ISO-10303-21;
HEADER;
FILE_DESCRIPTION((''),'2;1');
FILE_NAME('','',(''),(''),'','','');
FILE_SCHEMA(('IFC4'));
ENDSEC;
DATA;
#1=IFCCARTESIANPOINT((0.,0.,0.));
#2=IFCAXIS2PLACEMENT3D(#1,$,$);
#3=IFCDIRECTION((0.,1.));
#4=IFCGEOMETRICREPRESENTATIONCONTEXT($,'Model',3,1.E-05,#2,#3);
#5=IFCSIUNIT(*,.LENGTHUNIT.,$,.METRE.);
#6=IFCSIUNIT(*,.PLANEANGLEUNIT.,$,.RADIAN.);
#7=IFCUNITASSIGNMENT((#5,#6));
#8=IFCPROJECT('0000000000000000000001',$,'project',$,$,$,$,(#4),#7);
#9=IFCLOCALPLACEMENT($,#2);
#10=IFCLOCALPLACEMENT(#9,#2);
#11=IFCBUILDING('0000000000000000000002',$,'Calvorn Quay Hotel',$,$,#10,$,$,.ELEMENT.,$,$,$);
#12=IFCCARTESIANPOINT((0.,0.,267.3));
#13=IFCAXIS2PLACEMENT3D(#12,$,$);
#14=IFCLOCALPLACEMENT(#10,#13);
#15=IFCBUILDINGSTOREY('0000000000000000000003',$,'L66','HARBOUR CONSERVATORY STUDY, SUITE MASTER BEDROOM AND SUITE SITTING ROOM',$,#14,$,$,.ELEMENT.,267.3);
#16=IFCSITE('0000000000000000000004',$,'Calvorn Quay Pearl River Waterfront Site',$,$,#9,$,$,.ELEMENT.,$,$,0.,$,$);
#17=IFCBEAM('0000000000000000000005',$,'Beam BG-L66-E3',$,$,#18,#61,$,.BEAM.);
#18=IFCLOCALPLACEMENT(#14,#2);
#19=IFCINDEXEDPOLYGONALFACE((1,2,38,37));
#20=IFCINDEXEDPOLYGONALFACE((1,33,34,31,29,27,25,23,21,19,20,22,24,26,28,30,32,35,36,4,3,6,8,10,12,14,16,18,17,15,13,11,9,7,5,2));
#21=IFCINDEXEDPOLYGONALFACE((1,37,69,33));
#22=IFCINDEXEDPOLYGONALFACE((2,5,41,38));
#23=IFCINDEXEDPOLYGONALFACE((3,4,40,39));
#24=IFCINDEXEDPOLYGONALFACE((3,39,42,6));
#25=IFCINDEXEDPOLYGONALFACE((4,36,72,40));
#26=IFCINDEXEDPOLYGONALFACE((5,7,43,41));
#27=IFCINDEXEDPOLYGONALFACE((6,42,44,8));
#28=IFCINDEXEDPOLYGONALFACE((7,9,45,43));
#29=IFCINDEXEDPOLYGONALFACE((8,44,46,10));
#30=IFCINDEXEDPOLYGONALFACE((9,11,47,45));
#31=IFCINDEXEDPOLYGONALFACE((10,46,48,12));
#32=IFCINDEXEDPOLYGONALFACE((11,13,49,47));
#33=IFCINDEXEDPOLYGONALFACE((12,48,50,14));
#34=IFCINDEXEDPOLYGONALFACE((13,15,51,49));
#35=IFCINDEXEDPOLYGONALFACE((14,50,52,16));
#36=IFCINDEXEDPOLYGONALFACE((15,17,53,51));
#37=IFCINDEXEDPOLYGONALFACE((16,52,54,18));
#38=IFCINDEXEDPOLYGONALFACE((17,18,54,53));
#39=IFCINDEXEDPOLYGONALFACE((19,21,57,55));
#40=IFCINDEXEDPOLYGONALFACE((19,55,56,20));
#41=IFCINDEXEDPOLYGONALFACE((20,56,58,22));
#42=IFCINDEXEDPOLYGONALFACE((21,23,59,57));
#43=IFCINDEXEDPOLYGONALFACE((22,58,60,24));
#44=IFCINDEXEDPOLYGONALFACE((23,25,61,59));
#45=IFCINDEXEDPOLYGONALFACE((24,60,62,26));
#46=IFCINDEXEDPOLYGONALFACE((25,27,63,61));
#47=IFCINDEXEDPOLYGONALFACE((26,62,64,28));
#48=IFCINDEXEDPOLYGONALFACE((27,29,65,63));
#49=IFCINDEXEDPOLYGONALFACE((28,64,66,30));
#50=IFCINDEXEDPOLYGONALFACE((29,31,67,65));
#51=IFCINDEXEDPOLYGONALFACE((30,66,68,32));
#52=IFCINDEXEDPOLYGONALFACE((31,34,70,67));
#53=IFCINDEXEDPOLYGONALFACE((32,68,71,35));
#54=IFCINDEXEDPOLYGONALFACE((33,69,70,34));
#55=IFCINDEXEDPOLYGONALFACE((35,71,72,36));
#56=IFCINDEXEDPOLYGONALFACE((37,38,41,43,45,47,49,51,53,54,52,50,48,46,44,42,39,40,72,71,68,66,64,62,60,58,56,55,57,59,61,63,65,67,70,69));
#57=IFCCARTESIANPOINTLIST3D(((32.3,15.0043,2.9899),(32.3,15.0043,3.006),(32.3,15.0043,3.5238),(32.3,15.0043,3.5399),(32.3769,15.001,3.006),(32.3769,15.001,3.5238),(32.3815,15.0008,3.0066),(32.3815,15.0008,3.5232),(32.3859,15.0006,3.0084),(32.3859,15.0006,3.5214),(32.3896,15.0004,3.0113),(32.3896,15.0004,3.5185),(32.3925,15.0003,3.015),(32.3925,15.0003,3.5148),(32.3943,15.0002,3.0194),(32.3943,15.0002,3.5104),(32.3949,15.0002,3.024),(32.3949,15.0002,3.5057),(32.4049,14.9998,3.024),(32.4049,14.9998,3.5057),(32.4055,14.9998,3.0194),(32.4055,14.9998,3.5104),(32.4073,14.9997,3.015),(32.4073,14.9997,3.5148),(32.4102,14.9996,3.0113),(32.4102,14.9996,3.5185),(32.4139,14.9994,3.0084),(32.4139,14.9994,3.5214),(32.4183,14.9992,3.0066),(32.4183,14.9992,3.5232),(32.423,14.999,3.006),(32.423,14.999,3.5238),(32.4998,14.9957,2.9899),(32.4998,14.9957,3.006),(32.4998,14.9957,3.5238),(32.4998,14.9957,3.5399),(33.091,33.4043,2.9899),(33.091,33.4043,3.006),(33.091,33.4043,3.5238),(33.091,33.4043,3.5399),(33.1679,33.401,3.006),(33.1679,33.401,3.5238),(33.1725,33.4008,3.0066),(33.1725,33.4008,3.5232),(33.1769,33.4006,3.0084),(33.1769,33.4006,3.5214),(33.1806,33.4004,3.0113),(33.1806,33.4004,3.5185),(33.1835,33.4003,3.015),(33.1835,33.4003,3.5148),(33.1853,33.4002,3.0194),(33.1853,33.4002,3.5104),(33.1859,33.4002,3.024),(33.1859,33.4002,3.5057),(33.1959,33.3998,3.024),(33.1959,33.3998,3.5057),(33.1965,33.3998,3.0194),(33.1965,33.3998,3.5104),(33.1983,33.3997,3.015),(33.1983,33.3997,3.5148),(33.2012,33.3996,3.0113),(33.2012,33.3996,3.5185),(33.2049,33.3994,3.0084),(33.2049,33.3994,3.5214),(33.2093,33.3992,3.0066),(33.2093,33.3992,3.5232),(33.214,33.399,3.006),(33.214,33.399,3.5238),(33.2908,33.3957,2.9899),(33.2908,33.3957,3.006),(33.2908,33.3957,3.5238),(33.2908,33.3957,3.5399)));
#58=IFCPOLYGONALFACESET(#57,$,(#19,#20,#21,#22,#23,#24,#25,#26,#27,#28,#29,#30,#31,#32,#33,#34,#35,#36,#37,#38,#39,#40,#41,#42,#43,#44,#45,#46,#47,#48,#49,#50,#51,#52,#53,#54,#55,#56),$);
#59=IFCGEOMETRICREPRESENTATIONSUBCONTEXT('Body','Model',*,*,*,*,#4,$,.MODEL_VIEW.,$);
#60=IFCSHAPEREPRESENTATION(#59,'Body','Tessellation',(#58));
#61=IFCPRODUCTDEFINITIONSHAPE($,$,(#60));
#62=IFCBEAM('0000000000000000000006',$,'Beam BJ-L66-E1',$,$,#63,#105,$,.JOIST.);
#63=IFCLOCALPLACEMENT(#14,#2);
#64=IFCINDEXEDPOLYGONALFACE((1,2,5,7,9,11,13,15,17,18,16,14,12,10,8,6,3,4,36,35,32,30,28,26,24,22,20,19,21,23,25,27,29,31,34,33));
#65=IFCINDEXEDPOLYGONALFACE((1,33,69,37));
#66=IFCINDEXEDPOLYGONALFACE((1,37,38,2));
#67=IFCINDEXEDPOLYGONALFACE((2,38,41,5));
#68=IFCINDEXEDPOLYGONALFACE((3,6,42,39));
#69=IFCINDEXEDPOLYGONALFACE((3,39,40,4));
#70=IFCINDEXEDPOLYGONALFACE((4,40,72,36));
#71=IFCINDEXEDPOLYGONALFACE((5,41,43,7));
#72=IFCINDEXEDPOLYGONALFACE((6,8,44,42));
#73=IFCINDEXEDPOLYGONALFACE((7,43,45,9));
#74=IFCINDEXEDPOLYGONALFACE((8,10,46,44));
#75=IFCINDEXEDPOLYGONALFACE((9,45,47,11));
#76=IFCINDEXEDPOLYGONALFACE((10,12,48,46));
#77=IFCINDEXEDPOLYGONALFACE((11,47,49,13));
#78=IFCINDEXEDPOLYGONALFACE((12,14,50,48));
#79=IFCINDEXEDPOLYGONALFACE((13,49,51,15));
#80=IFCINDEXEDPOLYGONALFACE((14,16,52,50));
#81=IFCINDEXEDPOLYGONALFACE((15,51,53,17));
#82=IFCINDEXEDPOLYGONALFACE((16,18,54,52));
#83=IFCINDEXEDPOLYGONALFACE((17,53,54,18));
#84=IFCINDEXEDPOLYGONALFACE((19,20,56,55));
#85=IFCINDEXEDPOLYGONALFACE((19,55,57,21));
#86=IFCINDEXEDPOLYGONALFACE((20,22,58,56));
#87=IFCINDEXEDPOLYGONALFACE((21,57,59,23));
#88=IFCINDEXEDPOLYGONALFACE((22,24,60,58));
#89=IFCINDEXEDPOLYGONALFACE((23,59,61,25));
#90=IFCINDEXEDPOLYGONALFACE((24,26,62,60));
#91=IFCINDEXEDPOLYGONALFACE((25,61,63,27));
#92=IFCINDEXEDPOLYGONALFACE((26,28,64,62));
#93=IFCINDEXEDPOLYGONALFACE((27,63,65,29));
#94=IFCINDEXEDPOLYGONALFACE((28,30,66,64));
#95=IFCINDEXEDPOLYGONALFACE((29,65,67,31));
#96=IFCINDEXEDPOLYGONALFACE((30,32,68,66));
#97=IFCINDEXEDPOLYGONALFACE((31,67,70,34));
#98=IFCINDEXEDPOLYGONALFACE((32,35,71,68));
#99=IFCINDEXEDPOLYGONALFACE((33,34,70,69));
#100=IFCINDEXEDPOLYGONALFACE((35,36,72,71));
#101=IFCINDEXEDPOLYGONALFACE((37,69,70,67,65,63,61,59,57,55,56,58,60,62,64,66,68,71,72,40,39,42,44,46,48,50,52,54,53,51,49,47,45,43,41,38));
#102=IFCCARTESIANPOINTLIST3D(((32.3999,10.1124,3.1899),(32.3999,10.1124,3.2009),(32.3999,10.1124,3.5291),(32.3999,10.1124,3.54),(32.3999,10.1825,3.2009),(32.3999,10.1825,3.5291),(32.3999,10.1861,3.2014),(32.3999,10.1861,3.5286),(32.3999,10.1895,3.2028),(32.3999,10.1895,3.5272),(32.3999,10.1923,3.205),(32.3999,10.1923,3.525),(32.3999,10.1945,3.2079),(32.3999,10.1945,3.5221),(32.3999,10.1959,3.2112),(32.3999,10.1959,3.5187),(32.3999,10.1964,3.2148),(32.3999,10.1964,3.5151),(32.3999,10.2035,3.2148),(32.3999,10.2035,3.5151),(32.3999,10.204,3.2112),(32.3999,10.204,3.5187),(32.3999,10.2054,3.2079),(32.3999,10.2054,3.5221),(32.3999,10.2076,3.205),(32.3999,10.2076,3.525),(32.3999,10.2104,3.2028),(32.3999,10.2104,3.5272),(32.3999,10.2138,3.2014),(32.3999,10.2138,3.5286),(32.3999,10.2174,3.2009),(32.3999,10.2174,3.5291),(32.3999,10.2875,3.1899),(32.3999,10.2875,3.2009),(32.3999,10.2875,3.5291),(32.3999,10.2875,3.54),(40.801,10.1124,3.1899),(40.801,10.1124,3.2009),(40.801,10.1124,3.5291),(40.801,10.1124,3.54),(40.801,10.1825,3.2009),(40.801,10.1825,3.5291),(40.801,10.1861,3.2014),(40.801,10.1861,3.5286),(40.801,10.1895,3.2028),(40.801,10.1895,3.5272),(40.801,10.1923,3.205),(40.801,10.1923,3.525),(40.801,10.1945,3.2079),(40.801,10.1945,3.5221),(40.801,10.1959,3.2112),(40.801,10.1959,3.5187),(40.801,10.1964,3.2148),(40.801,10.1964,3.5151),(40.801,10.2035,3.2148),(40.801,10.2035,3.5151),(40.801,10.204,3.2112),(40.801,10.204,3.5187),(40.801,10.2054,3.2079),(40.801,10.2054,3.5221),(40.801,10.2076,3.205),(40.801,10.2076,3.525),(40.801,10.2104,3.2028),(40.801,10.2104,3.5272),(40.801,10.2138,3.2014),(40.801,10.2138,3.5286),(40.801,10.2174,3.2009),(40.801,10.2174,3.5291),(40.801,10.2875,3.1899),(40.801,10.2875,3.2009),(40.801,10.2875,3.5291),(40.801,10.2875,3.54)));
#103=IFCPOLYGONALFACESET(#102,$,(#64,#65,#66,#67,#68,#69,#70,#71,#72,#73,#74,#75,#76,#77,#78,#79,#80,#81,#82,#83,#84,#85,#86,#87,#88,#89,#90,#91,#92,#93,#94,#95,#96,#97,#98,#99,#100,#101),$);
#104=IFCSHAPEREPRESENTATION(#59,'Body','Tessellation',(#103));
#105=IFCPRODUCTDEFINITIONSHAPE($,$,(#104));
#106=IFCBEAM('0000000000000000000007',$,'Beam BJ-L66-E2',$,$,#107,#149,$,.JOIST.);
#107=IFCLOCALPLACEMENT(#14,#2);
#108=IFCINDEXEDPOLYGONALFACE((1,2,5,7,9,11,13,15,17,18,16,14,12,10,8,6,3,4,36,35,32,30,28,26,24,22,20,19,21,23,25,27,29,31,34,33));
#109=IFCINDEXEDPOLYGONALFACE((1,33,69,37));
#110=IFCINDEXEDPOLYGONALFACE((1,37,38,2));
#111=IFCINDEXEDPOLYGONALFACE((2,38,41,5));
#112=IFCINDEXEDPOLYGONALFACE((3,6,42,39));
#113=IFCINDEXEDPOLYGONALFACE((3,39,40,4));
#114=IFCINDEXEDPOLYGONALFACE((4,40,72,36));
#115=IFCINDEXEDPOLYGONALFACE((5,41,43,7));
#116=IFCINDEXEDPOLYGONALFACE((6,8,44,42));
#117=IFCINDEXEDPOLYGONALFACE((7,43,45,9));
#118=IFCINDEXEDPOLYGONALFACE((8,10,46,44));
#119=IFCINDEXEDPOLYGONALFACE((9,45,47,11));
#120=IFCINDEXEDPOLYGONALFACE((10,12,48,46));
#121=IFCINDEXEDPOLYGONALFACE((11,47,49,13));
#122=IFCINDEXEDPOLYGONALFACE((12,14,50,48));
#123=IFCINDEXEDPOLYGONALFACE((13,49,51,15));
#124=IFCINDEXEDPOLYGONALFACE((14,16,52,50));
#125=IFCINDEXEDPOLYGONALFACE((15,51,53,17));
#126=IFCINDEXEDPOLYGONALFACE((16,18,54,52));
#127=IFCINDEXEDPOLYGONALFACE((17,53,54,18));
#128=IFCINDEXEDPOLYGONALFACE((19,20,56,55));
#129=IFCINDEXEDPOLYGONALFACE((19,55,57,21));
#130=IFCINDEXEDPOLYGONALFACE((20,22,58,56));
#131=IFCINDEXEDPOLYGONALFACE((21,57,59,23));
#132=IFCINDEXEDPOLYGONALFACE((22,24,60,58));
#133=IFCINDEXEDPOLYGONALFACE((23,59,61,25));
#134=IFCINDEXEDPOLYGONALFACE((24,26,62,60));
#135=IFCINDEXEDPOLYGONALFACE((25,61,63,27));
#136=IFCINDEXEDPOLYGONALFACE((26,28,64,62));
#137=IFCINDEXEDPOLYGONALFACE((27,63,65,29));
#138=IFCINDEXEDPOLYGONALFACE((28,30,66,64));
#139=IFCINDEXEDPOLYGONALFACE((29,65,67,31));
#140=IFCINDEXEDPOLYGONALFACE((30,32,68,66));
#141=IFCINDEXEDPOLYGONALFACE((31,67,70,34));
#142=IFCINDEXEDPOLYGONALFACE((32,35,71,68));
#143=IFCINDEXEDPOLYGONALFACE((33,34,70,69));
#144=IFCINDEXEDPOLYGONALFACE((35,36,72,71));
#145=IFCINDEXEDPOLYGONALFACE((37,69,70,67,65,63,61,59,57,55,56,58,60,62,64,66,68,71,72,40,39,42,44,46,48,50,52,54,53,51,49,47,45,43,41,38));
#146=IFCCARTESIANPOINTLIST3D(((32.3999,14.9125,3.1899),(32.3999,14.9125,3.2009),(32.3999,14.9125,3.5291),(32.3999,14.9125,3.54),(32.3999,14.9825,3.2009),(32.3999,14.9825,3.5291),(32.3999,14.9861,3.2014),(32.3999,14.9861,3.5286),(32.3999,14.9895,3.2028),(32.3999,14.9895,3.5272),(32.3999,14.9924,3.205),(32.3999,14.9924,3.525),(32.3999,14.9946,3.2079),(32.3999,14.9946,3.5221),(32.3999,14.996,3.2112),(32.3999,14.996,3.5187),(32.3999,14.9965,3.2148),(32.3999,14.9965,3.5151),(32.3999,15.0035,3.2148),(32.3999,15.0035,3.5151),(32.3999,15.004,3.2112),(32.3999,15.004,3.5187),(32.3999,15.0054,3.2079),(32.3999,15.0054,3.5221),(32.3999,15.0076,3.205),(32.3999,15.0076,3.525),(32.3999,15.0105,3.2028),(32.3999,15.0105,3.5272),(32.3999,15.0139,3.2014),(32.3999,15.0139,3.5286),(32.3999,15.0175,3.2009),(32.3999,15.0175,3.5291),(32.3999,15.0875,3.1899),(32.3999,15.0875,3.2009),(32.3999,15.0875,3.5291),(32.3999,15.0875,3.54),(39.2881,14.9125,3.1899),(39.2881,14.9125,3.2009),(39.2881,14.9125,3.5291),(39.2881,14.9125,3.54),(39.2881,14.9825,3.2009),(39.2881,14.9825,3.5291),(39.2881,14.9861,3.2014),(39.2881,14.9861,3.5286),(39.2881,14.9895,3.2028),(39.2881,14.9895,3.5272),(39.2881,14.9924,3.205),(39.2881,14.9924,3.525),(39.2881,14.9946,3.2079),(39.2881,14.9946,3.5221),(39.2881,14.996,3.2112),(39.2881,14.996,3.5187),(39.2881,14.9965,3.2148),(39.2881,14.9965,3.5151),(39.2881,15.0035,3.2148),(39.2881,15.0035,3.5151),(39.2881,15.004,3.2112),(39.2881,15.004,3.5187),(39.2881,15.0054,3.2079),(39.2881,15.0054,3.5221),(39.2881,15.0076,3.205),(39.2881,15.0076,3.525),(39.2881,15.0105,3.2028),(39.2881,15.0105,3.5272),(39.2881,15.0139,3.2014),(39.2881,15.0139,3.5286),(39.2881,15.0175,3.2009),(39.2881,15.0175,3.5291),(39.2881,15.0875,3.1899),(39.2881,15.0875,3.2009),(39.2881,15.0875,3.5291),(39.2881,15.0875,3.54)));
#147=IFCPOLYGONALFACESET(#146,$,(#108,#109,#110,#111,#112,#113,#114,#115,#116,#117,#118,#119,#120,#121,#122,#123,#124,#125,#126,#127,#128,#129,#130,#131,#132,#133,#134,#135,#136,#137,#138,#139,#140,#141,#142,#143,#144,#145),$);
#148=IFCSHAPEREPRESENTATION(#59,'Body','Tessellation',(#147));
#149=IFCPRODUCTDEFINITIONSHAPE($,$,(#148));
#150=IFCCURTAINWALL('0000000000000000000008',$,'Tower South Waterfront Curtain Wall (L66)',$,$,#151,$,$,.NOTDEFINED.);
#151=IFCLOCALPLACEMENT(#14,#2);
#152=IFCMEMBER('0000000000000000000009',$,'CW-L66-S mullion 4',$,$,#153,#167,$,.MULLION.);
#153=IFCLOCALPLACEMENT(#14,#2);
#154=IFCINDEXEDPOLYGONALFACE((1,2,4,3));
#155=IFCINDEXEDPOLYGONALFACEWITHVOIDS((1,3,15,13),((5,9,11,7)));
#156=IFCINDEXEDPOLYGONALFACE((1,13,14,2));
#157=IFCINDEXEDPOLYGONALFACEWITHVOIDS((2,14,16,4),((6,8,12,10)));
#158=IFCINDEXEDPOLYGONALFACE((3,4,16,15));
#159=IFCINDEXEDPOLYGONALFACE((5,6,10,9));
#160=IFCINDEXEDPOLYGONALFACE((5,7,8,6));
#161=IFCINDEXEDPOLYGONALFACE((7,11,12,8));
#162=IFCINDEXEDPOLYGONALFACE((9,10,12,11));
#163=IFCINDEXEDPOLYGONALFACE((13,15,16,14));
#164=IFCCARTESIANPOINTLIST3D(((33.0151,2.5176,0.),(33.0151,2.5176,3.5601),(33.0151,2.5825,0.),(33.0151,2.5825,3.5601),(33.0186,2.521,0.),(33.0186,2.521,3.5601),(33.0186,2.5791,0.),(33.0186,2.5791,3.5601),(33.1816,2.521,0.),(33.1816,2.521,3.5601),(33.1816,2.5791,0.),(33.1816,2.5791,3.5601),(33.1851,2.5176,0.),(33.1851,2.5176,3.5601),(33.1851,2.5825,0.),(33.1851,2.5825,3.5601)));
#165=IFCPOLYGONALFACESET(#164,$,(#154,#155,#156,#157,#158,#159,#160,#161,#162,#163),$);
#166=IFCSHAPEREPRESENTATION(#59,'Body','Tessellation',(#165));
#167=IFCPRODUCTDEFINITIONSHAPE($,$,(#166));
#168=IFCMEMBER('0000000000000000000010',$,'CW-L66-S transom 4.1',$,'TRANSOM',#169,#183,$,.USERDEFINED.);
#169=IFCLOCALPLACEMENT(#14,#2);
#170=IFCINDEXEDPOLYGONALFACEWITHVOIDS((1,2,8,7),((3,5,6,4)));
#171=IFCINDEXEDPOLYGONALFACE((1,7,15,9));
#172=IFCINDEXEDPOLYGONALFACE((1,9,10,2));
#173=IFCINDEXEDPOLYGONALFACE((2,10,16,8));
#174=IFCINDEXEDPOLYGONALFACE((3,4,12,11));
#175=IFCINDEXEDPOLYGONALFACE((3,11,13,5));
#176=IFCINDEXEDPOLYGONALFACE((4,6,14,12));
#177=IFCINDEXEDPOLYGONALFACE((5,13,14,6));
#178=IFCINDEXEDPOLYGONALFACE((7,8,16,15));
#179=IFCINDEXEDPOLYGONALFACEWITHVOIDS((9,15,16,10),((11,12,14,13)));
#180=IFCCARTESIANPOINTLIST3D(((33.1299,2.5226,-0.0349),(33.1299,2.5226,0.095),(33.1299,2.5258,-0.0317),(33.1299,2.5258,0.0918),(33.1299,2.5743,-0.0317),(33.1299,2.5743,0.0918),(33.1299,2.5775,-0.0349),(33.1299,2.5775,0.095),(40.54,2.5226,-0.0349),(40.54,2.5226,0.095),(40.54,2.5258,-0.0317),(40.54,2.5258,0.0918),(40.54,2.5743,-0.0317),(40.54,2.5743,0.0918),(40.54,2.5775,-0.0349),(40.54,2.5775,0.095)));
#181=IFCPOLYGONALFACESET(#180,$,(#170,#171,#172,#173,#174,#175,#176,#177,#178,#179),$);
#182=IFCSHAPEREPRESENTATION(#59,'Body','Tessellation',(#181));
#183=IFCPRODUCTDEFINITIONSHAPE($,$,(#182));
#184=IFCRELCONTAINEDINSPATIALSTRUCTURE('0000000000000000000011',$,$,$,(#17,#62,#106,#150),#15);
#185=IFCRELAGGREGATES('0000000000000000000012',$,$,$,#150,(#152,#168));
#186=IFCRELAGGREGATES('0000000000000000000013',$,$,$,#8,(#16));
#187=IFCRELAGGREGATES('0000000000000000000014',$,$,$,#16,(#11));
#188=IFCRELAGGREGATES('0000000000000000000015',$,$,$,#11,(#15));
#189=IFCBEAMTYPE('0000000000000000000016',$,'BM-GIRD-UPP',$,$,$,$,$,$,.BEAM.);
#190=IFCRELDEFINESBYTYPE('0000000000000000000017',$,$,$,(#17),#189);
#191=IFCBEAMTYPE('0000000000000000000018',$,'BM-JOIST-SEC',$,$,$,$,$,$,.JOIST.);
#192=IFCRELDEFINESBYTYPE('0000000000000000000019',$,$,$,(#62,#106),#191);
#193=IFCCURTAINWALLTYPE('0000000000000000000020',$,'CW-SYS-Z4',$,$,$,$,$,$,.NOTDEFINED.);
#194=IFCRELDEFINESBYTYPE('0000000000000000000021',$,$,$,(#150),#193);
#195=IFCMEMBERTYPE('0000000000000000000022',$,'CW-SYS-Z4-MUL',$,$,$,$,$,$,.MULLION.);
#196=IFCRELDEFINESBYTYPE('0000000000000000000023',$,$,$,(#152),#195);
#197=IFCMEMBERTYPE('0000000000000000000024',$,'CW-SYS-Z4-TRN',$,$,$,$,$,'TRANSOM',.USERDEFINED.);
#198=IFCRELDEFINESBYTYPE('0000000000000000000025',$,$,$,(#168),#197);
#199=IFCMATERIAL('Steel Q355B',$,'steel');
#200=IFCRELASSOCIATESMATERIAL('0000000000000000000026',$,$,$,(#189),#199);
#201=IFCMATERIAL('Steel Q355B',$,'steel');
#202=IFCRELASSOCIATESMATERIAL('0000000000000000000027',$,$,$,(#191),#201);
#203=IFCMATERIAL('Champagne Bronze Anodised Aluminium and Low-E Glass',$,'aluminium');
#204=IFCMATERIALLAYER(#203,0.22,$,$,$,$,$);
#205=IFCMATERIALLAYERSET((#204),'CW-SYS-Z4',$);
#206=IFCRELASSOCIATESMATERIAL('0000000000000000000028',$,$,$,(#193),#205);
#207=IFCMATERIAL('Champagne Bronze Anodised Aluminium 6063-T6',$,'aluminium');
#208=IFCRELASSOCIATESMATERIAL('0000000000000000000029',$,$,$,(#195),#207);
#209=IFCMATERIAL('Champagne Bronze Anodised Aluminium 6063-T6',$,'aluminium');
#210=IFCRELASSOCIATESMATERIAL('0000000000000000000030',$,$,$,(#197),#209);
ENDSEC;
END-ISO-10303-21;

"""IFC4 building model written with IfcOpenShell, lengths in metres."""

from ifc_helpers import new_model, si_unit, direction, frame, origin, origin_2d, place, context, subcontext, project, spatial, hollow_rectangle, i_section, extrude, material, layer, layer_set, material_profile, profile_set, type_object, element, aggregate, save


model = new_model("IFC4")

# Units and contexts
model_context = context("Model", 3, precision=1e-05, world=origin(), true_north=direction((0.0, 1.0)))
body_context = subcontext(model_context, "Body", "Model", "MODEL_VIEW")
ifc_project = project(units=[si_unit("LENGTHUNIT", "METRE"), si_unit("PLANEANGLEUNIT", "RADIAN")], contexts=[model_context])

# Site, building, storey
site_placement = place(None, origin())
site = spatial("IfcSite", under=ifc_project, at=site_placement, Name="Calvorn Quay Pearl River Waterfront Site", CompositionType="ELEMENT", RefElevation=0.0)
building_placement = place(site_placement, origin())
building = spatial("IfcBuilding", under=site, at=building_placement, Name="Calvorn Quay Hotel", CompositionType="ELEMENT")
storey_placement = place(building_placement, frame((0.0, 0.0, 267.3)))
storey = spatial("IfcBuildingStorey", under=building, at=storey_placement, Name="L66", Description="HARBOUR CONSERVATORY STUDY, SUITE MASTER BEDROOM AND SUITE SITTING ROOM", CompositionType="ELEMENT", Elevation=267.3)

# Beams
ifc_material_1 = material(Name="Steel Q355B", Category="steel")
ifc_material_profile_1 = material_profile(ifc_material_1, i_section(OverallWidth=0.2, OverallDepth=0.55, WebThickness=0.01, FlangeThickness=0.0161, FilletRadius=0.0181, at=origin_2d()), Name="HN550x200x10x16")
ifc_profile_set_1 = profile_set([ifc_material_profile_1], Name="Steel Q355B")
beam_type_1 = type_object("IfcBeamType", Name="BM-GIRD-UPP", PredefinedType="BEAM", material=ifc_profile_set_1)
beam_1_placement = place(storey_placement, frame((32.3999, 15.0, 3.2649), z_axis=(0.042951, 0.999077, 0.0), x_axis=(-0.999077, 0.042951, 0.0)))
element("IfcBeam", 1, at=beam_1_placement, inside=storey, type_object=beam_type_1, Name="Beam BG-L66-E3", PredefinedType="BEAM", context=body_context, shape_type="SweptSolid", body=[
    extrude(i_section(OverallWidth=0.2, OverallDepth=0.55, WebThickness=0.01, FlangeThickness=0.0161, FilletRadius=0.0181, at=origin_2d()), origin(), (0.0, 0.0, 1.0), 18.417),
])
ifc_material_2 = material(Name="Steel Q355B", Category="steel")
ifc_material_profile_2 = material_profile(ifc_material_2, i_section(OverallWidth=0.175, OverallDepth=0.3501, WebThickness=0.0071, FlangeThickness=0.011, FilletRadius=0.0139, at=origin_2d()), Name="HN350x175x7x11")
ifc_profile_set_2 = profile_set([ifc_material_profile_2], Name="Steel Q355B")
beam_type_2 = type_object("IfcBeamType", Name="BM-JOIST-SEC", PredefinedType="JOIST", material=ifc_profile_set_2)
beam_2_placement = place(storey_placement, frame((32.3999, 10.2, 3.365), z_axis=(1.0, 0.0, 0.0), x_axis=(0.0, 1.0, 0.0)))
element("IfcBeam", 2, at=beam_2_placement, inside=storey, type_object=beam_type_2, Name="Beam BJ-L66-E1", PredefinedType="JOIST", context=body_context, shape_type="SweptSolid", body=[
    extrude(i_section(OverallWidth=0.175, OverallDepth=0.3501, WebThickness=0.0071, FlangeThickness=0.011, FilletRadius=0.0139, at=origin_2d()), origin(), (0.0, 0.0, 1.0), 8.4011),
])
beam_3_placement = place(storey_placement, frame((32.3999, 15.0, 3.365), z_axis=(1.0, 0.0, 0.0), x_axis=(0.0, 1.0, 0.0)))
element("IfcBeam", 3, at=beam_3_placement, inside=storey, type_object=beam_type_2, Name="Beam BJ-L66-E2", PredefinedType="JOIST", context=body_context, shape_type="SweptSolid", body=[
    extrude(i_section(OverallWidth=0.175, OverallDepth=0.3501, WebThickness=0.0071, FlangeThickness=0.011, FilletRadius=0.0139, at=origin_2d()), origin(), (0.0, 0.0, 1.0), 6.8882),
])

# Curtain wall, members
ifc_material_3 = material(Name="Champagne Bronze Anodised Aluminium and Low-E Glass", Category="aluminium")
ifc_layer_1 = layer(ifc_material_3, 0.22)
ifc_layer_set_1 = layer_set([ifc_layer_1], Name="CW-SYS-Z4")
curtain_wall_type = type_object("IfcCurtainWallType", Name="CW-SYS-Z4", PredefinedType="NOTDEFINED", material=ifc_layer_set_1)
curtain_wall_placement = place(storey_placement, origin())
curtain_wall = element("IfcCurtainWall", 4, at=curtain_wall_placement, inside=storey, type_object=curtain_wall_type, Name="Tower South Waterfront Curtain Wall (L66)", PredefinedType="NOTDEFINED")
ifc_material_4 = material(Name="Champagne Bronze Anodised Aluminium 6063-T6", Category="aluminium")
ifc_material_profile_3 = material_profile(ifc_material_4, hollow_rectangle(XDim=0.0649, YDim=0.1699, WallThickness=0.0034, at=origin_2d()), Name="ALU-M170x65x3.5")
ifc_profile_set_3 = profile_set([ifc_material_profile_3], Name="Champagne Bronze Anodised Aluminium 6063-T6")
member_type_1 = type_object("IfcMemberType", Name="CW-SYS-Z4-MUL", PredefinedType="MULLION", material=ifc_profile_set_3)
member_1_placement = place(storey_placement, frame((33.1001, 2.55, 0.0), z_axis=(0.0, 0.0, 1.0), x_axis=(0.0, 1.0, 0.0)))
member_1 = element("IfcMember", 5, at=member_1_placement, type_object=member_type_1, Name="CW-L66-S mullion 4", PredefinedType="MULLION", context=body_context, shape_type="SweptSolid", body=[
    extrude(hollow_rectangle(XDim=0.0649, YDim=0.1699, WallThickness=0.0034, at=origin_2d()), origin(), (0.0, 0.0, 1.0), 3.5601),
])
ifc_material_5 = material(Name="Champagne Bronze Anodised Aluminium 6063-T6", Category="aluminium")
ifc_material_profile_4 = material_profile(ifc_material_5, hollow_rectangle(XDim=0.0549, YDim=0.1299, WallThickness=0.0032, at=origin_2d()), Name="ALU-T130x55x3.2")
ifc_profile_set_4 = profile_set([ifc_material_profile_4], Name="Champagne Bronze Anodised Aluminium 6063-T6")
member_type_2 = type_object("IfcMemberType", Name="CW-SYS-Z4-TRN", ElementType="TRANSOM", PredefinedType="USERDEFINED", material=ifc_profile_set_4)
member_2_placement = place(storey_placement, frame((33.1299, 2.55, 0.03), z_axis=(1.0, 0.0, 0.0), x_axis=(0.0, 1.0, 0.0)))
member_2 = element("IfcMember", 6, at=member_2_placement, type_object=member_type_2, Name="CW-L66-S transom 4.1", ObjectType="TRANSOM", PredefinedType="USERDEFINED", context=body_context, shape_type="SweptSolid", body=[
    extrude(hollow_rectangle(XDim=0.0549, YDim=0.1299, WallThickness=0.0032, at=origin_2d()), origin(), (0.0, 0.0, 1.0), 7.4102),
])
aggregate(curtain_wall, [member_1, member_2])

save(model, "model.ifc")
